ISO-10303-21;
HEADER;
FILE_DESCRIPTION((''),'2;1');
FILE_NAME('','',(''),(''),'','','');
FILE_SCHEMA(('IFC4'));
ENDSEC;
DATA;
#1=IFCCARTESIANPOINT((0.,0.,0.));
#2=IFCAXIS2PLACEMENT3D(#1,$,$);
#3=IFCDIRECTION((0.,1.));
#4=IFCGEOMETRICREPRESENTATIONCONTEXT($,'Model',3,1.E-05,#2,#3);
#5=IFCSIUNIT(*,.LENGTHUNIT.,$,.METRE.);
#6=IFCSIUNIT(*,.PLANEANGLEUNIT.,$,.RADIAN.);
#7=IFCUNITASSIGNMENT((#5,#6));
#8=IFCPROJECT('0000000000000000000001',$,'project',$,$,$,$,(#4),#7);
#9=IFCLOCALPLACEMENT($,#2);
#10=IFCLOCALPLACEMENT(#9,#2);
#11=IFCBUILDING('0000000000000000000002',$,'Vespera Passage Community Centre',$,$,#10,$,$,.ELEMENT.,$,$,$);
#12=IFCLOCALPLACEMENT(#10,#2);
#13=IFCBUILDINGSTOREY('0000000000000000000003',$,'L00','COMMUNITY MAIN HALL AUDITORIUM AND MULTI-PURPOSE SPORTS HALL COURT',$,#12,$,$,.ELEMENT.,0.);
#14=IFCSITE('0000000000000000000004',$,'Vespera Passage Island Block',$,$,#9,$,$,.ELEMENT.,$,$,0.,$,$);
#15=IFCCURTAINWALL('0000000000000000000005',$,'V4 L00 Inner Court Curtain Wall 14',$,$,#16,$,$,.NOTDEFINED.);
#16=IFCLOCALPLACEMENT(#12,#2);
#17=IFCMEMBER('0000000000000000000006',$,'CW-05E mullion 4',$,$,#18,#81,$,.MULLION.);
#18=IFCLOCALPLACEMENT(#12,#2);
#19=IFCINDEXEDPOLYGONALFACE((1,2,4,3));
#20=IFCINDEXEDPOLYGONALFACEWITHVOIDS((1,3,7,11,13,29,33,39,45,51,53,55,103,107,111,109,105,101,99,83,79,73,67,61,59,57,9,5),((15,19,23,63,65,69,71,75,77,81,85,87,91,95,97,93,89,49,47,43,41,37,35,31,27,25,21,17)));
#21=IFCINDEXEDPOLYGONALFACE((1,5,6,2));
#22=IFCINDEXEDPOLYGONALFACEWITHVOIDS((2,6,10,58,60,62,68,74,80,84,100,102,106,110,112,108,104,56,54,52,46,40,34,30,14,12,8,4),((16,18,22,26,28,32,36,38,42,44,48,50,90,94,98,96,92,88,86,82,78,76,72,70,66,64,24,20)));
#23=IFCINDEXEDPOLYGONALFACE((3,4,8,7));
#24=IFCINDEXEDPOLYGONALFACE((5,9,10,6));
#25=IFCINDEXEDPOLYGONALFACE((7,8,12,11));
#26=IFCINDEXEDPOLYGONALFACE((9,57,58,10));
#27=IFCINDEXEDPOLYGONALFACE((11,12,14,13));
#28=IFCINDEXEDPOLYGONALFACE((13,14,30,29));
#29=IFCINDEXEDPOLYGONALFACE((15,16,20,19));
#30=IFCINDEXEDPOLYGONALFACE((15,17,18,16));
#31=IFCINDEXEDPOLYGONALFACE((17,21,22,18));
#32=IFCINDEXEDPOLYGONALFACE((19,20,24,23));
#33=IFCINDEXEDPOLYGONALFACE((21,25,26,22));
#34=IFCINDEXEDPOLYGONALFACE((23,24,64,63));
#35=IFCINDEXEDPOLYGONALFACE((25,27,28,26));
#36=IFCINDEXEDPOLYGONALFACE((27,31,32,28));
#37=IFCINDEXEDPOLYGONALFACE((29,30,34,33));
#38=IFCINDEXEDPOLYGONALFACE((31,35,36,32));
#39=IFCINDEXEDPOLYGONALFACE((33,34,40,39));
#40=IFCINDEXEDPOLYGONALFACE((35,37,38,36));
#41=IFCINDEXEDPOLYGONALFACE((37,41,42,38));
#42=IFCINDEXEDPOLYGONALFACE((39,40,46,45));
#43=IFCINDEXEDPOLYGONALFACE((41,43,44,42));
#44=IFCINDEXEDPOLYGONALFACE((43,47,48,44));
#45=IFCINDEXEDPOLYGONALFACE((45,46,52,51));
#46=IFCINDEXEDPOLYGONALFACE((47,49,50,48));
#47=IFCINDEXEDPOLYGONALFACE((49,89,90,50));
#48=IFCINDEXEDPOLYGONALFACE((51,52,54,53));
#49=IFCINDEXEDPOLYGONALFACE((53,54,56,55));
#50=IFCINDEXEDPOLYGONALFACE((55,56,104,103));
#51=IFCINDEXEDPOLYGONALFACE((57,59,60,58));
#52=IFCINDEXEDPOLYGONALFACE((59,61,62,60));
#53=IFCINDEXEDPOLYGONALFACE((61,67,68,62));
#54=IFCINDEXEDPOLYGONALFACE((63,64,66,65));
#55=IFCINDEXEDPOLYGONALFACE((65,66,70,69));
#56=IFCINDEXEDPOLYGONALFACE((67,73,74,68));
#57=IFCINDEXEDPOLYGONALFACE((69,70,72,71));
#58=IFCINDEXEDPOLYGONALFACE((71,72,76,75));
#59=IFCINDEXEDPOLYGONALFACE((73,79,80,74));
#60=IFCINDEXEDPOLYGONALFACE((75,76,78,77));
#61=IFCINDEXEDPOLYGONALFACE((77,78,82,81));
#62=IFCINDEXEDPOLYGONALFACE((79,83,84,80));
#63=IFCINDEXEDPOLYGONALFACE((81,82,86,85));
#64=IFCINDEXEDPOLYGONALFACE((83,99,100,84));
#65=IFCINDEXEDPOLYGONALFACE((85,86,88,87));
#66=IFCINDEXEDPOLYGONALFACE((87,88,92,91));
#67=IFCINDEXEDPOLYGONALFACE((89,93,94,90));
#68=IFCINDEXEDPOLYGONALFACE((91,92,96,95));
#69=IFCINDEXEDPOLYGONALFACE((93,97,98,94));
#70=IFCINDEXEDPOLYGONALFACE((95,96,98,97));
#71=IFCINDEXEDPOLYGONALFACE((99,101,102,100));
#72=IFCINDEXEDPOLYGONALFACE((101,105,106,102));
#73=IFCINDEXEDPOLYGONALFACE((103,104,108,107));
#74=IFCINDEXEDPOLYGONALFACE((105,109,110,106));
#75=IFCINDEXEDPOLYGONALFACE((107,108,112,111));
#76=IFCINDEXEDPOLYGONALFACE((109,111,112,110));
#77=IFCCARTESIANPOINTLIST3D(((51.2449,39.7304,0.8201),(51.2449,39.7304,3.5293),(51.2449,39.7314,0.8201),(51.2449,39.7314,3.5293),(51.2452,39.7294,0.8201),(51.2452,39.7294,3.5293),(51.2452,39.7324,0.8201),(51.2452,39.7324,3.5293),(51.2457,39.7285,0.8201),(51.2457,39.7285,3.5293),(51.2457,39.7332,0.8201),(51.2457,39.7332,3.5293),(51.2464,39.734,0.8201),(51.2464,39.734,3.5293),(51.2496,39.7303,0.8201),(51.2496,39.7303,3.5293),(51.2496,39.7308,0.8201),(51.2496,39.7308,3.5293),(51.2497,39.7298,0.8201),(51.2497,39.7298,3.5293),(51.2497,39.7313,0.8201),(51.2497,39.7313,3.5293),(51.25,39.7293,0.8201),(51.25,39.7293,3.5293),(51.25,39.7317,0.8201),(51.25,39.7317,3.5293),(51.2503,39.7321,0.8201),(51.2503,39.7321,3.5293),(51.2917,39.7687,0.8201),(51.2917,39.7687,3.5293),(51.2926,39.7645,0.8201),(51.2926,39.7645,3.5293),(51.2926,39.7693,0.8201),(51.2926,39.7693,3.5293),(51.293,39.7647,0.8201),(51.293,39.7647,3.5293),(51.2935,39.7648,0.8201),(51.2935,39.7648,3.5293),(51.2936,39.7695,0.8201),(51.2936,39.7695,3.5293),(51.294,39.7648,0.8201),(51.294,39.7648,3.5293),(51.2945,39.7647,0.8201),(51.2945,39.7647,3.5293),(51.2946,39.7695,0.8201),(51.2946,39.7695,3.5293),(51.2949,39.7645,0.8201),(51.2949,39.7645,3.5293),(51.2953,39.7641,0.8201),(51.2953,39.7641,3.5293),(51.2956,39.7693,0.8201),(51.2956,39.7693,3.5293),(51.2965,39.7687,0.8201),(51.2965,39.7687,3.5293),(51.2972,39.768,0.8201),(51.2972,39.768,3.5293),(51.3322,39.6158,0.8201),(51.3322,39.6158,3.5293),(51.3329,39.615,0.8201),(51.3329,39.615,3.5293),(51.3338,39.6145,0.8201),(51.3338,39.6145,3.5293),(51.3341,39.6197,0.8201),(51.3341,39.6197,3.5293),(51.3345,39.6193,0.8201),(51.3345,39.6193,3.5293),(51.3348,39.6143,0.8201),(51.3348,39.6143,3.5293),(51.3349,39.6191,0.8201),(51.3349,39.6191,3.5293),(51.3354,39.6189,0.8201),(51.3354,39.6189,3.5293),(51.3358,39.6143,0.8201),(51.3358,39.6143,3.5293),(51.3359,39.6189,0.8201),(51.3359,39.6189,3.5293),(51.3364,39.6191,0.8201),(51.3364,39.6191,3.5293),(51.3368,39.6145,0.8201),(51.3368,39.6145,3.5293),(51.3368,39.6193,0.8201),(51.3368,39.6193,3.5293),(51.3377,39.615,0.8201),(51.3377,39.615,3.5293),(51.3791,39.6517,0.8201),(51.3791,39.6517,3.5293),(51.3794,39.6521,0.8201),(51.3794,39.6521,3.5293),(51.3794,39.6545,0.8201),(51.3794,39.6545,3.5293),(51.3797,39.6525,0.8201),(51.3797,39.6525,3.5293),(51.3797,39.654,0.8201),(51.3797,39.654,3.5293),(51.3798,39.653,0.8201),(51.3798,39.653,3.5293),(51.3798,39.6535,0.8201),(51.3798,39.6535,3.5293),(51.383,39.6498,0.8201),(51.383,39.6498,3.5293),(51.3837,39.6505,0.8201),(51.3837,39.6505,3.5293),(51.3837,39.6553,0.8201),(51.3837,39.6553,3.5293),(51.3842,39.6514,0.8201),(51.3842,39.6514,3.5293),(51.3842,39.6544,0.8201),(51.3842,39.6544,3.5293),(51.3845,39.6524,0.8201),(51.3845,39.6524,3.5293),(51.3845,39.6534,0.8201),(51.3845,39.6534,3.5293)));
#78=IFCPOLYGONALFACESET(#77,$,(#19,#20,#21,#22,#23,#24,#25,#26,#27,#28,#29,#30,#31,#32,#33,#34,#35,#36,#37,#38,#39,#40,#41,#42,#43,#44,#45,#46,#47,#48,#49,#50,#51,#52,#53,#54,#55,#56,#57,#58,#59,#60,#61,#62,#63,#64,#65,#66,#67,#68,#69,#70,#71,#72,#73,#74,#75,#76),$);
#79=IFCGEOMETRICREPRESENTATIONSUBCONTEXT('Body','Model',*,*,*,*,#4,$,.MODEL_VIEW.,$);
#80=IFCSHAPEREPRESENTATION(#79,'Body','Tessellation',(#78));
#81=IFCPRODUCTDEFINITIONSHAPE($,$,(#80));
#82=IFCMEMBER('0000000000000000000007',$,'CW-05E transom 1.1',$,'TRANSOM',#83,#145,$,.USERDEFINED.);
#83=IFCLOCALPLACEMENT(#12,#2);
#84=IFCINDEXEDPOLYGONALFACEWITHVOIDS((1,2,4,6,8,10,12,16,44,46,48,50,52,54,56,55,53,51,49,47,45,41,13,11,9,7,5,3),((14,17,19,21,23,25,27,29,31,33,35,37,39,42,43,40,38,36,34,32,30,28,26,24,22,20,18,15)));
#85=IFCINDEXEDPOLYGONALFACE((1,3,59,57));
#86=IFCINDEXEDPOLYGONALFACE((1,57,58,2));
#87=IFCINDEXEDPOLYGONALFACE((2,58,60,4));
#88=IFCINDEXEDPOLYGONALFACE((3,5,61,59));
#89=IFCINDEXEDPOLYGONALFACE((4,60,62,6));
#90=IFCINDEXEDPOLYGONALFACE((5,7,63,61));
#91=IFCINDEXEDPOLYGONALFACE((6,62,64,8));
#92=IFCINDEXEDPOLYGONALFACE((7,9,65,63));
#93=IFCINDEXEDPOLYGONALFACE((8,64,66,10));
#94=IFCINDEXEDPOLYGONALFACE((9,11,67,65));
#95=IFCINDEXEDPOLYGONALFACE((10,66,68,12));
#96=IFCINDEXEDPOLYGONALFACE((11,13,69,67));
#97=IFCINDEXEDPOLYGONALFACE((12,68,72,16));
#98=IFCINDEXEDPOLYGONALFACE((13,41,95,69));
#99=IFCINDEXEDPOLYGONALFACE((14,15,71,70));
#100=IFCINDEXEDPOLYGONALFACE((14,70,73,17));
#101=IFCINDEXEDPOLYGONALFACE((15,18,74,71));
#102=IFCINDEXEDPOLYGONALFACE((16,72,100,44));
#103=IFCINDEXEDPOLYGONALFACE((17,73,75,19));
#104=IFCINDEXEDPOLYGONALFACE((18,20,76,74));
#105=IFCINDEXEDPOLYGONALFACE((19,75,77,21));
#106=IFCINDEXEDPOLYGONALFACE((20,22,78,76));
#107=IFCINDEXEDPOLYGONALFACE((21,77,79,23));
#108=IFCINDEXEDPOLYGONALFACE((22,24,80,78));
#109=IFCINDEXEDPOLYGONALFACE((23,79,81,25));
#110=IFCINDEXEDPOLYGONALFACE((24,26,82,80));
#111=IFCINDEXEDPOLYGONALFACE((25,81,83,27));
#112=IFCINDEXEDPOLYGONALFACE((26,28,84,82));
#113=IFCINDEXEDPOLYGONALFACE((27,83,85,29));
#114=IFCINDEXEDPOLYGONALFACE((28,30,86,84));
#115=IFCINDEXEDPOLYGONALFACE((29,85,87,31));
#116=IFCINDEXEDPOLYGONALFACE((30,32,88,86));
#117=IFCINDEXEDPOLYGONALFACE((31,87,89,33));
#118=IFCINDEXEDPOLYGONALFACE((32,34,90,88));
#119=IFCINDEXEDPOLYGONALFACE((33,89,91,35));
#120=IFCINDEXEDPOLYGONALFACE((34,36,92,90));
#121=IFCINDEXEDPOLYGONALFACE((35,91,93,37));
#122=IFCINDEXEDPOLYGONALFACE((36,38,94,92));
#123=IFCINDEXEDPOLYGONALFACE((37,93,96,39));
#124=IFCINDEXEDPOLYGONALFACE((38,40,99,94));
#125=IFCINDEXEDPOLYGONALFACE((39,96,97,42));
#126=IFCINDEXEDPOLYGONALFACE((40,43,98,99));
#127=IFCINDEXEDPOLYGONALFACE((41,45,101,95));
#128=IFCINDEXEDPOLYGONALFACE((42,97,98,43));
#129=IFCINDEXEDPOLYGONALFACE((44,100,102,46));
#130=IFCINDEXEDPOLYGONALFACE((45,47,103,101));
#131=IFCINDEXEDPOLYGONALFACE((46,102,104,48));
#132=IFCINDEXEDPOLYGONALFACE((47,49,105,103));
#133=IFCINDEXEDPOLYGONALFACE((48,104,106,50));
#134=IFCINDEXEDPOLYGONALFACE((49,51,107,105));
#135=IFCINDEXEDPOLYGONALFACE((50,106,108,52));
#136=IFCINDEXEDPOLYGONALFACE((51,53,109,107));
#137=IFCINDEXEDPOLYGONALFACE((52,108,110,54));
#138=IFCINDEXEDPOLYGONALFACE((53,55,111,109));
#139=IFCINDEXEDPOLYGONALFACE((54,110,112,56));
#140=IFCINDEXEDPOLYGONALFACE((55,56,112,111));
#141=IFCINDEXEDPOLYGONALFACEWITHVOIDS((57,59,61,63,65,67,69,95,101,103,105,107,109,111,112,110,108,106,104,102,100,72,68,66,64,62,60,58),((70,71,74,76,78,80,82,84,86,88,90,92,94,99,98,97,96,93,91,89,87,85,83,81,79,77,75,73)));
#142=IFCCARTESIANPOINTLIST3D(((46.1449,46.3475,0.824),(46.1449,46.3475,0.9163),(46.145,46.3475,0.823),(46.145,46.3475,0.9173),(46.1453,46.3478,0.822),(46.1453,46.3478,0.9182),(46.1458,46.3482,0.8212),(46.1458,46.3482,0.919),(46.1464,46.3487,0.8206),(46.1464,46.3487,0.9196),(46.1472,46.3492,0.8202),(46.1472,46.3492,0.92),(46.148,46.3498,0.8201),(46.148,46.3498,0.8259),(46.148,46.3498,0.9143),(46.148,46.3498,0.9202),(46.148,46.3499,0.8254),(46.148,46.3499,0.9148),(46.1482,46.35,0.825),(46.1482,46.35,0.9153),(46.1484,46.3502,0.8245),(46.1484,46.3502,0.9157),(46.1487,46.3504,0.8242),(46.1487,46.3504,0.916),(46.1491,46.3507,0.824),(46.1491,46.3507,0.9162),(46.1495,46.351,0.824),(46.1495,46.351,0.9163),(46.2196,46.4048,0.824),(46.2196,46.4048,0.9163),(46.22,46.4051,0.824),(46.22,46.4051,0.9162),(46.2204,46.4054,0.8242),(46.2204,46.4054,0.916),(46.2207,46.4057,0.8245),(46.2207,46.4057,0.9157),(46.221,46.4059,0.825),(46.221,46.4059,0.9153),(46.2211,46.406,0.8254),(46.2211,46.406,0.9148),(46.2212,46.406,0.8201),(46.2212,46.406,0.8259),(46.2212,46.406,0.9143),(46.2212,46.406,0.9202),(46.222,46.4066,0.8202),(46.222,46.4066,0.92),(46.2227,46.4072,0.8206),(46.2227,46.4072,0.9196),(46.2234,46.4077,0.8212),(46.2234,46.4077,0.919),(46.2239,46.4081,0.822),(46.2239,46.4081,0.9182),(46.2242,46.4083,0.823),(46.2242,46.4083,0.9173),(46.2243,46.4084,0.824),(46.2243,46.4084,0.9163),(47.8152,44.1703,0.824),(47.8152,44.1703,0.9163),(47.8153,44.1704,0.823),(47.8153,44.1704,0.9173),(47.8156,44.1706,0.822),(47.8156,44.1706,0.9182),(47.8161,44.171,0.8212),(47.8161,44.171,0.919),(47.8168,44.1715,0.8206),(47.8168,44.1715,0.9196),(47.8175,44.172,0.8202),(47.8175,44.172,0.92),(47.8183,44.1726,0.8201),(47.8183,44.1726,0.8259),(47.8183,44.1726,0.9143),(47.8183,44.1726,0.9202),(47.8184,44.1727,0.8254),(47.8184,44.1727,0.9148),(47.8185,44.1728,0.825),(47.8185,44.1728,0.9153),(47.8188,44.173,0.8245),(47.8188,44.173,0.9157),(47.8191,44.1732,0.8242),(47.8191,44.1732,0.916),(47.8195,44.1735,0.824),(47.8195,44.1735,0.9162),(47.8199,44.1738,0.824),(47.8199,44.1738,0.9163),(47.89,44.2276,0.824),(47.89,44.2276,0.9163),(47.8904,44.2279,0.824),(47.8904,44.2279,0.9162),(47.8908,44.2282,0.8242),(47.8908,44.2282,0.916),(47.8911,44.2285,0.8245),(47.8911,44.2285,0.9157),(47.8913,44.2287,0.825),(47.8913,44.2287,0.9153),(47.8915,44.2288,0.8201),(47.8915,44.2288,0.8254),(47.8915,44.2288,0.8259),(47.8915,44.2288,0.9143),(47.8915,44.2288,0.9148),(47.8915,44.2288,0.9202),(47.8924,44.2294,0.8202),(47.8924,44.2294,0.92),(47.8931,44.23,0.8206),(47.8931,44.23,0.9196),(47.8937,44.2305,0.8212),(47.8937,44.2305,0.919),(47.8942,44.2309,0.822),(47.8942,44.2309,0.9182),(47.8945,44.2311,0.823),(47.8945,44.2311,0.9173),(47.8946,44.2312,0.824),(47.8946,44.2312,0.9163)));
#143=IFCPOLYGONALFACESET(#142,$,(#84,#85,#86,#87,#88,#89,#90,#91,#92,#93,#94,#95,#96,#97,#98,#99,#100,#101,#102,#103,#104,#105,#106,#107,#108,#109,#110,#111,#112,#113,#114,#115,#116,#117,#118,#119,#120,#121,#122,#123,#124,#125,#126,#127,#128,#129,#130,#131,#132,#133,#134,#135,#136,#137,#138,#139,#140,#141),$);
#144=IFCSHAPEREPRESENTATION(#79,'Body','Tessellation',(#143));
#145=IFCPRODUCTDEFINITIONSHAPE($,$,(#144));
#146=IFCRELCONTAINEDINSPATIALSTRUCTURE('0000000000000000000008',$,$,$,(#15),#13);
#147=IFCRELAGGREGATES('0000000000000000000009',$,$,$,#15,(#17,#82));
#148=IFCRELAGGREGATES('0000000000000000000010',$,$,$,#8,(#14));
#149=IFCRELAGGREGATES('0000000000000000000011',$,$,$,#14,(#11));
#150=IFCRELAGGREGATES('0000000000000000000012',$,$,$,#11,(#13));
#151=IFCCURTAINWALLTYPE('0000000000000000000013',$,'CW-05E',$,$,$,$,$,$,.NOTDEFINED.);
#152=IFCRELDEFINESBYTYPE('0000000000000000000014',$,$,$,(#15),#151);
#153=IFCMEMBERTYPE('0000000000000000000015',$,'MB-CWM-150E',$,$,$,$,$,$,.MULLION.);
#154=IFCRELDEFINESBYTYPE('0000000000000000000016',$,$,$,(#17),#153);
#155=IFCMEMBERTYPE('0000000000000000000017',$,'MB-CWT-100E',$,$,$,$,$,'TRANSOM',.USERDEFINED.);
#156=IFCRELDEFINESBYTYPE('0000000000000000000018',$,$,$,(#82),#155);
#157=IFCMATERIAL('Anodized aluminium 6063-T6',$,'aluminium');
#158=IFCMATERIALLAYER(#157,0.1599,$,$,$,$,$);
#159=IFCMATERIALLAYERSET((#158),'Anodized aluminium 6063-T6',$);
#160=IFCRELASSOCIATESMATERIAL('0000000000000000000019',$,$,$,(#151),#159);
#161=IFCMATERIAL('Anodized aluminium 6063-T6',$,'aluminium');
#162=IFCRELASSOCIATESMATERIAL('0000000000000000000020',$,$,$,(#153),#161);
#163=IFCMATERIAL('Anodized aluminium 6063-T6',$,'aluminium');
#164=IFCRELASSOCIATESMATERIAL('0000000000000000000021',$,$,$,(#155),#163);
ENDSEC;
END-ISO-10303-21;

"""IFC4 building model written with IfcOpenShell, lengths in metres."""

from ifc_helpers import new_model, si_unit, direction, frame, origin, origin_2d, place, context, subcontext, project, spatial, hollow_rectangle, extrude, material, layer, layer_set, material_profile, profile_set, type_object, element, aggregate, save


model = new_model("IFC4")

# Units and contexts
model_context = context("Model", 3, precision=1e-05, world=origin(), true_north=direction((0.0, 1.0)))
body_context = subcontext(model_context, "Body", "Model", "MODEL_VIEW")
ifc_project = project(units=[si_unit("LENGTHUNIT", "METRE"), si_unit("PLANEANGLEUNIT", "RADIAN")], contexts=[model_context])

# Site, building, storey
site_placement = place(None, origin())
site = spatial("IfcSite", under=ifc_project, at=site_placement, Name="Vespera Passage Island Block", CompositionType="ELEMENT", RefElevation=0.0)
building_placement = place(site_placement, origin())
building = spatial("IfcBuilding", under=site, at=building_placement, Name="Vespera Passage Community Centre", CompositionType="ELEMENT")
storey_placement = place(building_placement, origin())
storey = spatial("IfcBuildingStorey", under=building, at=storey_placement, Name="L00", Description="COMMUNITY MAIN HALL AUDITORIUM AND MULTI-PURPOSE SPORTS HALL COURT", CompositionType="ELEMENT", Elevation=0.0)

# Curtain wall, members
ifc_material_1 = material(Name="Anodized aluminium 6063-T6", Category="aluminium")
ifc_layer_1 = layer(ifc_material_1, 0.1599)
ifc_layer_set_1 = layer_set([ifc_layer_1], Name="Anodized aluminium 6063-T6")
curtain_wall_type = type_object("IfcCurtainWallType", Name="CW-05E", PredefinedType="NOTDEFINED", material=ifc_layer_set_1)
curtain_wall_placement = place(storey_placement, origin())
curtain_wall = element("IfcCurtainWall", 1, at=curtain_wall_placement, inside=storey, type_object=curtain_wall_type, Name="V4 L00 Inner Court Curtain Wall 14", PredefinedType="NOTDEFINED")
ifc_material_2 = material(Name="Anodized aluminium 6063-T6", Category="aluminium")
ifc_material_profile_1 = material_profile(ifc_material_2, hollow_rectangle(XDim=0.0649, YDim=0.1499, WallThickness=0.0039, InnerFilletRadius=0.002, OuterFilletRadius=0.0039, at=origin_2d()), Name="ALU150X65X4")
ifc_profile_set_1 = profile_set([ifc_material_profile_1], Name="Anodized aluminium 6063-T6")
member_type_1 = type_object("IfcMemberType", Name="MB-CWM-150E", PredefinedType="MULLION", material=ifc_profile_set_1)
member_1_placement = place(storey_placement, frame((51.3147, 39.6919, 0.8201), z_axis=(0.0, 0.0, 1.0), x_axis=(0.793358, 0.608755, 0.0)))
member_1 = element("IfcMember", 2, at=member_1_placement, type_object=member_type_1, Name="CW-05E mullion 4", PredefinedType="MULLION", context=body_context, shape_type="SweptSolid", body=[
    extrude(hollow_rectangle(XDim=0.0649, YDim=0.1499, WallThickness=0.0039, InnerFilletRadius=0.002, OuterFilletRadius=0.0039, at=origin_2d()), origin(), (0.0, 0.0, 1.0), 2.7092),
])
ifc_material_3 = material(Name="Anodized aluminium 6063-T6", Category="aluminium")
ifc_material_profile_2 = material_profile(ifc_material_3, hollow_rectangle(XDim=0.1001, YDim=0.1001, WallThickness=0.0039, InnerFilletRadius=0.002, OuterFilletRadius=0.0039, at=origin_2d()), Name="ALU100X100X4")
ifc_profile_set_2 = profile_set([ifc_material_profile_2], Name="Anodized aluminium 6063-T6")
member_type_2 = type_object("IfcMemberType", Name="MB-CWT-100E", ElementType="TRANSOM", PredefinedType="USERDEFINED", material=ifc_profile_set_2)
member_2_placement = place(storey_placement, frame((46.1846, 46.3779, 0.8701), z_axis=(0.608704, -0.793397, 0.0), x_axis=(0.793397, 0.608704, 0.0)))
member_2 = element("IfcMember", 3, at=member_2_placement, type_object=member_type_2, Name="CW-05E transom 1.1", ObjectType="TRANSOM", PredefinedType="USERDEFINED", context=body_context, shape_type="SweptSolid", body=[
    extrude(hollow_rectangle(XDim=0.1001, YDim=0.1001, WallThickness=0.0039, InnerFilletRadius=0.002, OuterFilletRadius=0.0039, at=origin_2d()), origin(), (0.0, 0.0, 1.0), 2.7441),
])
aggregate(curtain_wall, [member_1, member_2])

save(model, "model.ifc")
